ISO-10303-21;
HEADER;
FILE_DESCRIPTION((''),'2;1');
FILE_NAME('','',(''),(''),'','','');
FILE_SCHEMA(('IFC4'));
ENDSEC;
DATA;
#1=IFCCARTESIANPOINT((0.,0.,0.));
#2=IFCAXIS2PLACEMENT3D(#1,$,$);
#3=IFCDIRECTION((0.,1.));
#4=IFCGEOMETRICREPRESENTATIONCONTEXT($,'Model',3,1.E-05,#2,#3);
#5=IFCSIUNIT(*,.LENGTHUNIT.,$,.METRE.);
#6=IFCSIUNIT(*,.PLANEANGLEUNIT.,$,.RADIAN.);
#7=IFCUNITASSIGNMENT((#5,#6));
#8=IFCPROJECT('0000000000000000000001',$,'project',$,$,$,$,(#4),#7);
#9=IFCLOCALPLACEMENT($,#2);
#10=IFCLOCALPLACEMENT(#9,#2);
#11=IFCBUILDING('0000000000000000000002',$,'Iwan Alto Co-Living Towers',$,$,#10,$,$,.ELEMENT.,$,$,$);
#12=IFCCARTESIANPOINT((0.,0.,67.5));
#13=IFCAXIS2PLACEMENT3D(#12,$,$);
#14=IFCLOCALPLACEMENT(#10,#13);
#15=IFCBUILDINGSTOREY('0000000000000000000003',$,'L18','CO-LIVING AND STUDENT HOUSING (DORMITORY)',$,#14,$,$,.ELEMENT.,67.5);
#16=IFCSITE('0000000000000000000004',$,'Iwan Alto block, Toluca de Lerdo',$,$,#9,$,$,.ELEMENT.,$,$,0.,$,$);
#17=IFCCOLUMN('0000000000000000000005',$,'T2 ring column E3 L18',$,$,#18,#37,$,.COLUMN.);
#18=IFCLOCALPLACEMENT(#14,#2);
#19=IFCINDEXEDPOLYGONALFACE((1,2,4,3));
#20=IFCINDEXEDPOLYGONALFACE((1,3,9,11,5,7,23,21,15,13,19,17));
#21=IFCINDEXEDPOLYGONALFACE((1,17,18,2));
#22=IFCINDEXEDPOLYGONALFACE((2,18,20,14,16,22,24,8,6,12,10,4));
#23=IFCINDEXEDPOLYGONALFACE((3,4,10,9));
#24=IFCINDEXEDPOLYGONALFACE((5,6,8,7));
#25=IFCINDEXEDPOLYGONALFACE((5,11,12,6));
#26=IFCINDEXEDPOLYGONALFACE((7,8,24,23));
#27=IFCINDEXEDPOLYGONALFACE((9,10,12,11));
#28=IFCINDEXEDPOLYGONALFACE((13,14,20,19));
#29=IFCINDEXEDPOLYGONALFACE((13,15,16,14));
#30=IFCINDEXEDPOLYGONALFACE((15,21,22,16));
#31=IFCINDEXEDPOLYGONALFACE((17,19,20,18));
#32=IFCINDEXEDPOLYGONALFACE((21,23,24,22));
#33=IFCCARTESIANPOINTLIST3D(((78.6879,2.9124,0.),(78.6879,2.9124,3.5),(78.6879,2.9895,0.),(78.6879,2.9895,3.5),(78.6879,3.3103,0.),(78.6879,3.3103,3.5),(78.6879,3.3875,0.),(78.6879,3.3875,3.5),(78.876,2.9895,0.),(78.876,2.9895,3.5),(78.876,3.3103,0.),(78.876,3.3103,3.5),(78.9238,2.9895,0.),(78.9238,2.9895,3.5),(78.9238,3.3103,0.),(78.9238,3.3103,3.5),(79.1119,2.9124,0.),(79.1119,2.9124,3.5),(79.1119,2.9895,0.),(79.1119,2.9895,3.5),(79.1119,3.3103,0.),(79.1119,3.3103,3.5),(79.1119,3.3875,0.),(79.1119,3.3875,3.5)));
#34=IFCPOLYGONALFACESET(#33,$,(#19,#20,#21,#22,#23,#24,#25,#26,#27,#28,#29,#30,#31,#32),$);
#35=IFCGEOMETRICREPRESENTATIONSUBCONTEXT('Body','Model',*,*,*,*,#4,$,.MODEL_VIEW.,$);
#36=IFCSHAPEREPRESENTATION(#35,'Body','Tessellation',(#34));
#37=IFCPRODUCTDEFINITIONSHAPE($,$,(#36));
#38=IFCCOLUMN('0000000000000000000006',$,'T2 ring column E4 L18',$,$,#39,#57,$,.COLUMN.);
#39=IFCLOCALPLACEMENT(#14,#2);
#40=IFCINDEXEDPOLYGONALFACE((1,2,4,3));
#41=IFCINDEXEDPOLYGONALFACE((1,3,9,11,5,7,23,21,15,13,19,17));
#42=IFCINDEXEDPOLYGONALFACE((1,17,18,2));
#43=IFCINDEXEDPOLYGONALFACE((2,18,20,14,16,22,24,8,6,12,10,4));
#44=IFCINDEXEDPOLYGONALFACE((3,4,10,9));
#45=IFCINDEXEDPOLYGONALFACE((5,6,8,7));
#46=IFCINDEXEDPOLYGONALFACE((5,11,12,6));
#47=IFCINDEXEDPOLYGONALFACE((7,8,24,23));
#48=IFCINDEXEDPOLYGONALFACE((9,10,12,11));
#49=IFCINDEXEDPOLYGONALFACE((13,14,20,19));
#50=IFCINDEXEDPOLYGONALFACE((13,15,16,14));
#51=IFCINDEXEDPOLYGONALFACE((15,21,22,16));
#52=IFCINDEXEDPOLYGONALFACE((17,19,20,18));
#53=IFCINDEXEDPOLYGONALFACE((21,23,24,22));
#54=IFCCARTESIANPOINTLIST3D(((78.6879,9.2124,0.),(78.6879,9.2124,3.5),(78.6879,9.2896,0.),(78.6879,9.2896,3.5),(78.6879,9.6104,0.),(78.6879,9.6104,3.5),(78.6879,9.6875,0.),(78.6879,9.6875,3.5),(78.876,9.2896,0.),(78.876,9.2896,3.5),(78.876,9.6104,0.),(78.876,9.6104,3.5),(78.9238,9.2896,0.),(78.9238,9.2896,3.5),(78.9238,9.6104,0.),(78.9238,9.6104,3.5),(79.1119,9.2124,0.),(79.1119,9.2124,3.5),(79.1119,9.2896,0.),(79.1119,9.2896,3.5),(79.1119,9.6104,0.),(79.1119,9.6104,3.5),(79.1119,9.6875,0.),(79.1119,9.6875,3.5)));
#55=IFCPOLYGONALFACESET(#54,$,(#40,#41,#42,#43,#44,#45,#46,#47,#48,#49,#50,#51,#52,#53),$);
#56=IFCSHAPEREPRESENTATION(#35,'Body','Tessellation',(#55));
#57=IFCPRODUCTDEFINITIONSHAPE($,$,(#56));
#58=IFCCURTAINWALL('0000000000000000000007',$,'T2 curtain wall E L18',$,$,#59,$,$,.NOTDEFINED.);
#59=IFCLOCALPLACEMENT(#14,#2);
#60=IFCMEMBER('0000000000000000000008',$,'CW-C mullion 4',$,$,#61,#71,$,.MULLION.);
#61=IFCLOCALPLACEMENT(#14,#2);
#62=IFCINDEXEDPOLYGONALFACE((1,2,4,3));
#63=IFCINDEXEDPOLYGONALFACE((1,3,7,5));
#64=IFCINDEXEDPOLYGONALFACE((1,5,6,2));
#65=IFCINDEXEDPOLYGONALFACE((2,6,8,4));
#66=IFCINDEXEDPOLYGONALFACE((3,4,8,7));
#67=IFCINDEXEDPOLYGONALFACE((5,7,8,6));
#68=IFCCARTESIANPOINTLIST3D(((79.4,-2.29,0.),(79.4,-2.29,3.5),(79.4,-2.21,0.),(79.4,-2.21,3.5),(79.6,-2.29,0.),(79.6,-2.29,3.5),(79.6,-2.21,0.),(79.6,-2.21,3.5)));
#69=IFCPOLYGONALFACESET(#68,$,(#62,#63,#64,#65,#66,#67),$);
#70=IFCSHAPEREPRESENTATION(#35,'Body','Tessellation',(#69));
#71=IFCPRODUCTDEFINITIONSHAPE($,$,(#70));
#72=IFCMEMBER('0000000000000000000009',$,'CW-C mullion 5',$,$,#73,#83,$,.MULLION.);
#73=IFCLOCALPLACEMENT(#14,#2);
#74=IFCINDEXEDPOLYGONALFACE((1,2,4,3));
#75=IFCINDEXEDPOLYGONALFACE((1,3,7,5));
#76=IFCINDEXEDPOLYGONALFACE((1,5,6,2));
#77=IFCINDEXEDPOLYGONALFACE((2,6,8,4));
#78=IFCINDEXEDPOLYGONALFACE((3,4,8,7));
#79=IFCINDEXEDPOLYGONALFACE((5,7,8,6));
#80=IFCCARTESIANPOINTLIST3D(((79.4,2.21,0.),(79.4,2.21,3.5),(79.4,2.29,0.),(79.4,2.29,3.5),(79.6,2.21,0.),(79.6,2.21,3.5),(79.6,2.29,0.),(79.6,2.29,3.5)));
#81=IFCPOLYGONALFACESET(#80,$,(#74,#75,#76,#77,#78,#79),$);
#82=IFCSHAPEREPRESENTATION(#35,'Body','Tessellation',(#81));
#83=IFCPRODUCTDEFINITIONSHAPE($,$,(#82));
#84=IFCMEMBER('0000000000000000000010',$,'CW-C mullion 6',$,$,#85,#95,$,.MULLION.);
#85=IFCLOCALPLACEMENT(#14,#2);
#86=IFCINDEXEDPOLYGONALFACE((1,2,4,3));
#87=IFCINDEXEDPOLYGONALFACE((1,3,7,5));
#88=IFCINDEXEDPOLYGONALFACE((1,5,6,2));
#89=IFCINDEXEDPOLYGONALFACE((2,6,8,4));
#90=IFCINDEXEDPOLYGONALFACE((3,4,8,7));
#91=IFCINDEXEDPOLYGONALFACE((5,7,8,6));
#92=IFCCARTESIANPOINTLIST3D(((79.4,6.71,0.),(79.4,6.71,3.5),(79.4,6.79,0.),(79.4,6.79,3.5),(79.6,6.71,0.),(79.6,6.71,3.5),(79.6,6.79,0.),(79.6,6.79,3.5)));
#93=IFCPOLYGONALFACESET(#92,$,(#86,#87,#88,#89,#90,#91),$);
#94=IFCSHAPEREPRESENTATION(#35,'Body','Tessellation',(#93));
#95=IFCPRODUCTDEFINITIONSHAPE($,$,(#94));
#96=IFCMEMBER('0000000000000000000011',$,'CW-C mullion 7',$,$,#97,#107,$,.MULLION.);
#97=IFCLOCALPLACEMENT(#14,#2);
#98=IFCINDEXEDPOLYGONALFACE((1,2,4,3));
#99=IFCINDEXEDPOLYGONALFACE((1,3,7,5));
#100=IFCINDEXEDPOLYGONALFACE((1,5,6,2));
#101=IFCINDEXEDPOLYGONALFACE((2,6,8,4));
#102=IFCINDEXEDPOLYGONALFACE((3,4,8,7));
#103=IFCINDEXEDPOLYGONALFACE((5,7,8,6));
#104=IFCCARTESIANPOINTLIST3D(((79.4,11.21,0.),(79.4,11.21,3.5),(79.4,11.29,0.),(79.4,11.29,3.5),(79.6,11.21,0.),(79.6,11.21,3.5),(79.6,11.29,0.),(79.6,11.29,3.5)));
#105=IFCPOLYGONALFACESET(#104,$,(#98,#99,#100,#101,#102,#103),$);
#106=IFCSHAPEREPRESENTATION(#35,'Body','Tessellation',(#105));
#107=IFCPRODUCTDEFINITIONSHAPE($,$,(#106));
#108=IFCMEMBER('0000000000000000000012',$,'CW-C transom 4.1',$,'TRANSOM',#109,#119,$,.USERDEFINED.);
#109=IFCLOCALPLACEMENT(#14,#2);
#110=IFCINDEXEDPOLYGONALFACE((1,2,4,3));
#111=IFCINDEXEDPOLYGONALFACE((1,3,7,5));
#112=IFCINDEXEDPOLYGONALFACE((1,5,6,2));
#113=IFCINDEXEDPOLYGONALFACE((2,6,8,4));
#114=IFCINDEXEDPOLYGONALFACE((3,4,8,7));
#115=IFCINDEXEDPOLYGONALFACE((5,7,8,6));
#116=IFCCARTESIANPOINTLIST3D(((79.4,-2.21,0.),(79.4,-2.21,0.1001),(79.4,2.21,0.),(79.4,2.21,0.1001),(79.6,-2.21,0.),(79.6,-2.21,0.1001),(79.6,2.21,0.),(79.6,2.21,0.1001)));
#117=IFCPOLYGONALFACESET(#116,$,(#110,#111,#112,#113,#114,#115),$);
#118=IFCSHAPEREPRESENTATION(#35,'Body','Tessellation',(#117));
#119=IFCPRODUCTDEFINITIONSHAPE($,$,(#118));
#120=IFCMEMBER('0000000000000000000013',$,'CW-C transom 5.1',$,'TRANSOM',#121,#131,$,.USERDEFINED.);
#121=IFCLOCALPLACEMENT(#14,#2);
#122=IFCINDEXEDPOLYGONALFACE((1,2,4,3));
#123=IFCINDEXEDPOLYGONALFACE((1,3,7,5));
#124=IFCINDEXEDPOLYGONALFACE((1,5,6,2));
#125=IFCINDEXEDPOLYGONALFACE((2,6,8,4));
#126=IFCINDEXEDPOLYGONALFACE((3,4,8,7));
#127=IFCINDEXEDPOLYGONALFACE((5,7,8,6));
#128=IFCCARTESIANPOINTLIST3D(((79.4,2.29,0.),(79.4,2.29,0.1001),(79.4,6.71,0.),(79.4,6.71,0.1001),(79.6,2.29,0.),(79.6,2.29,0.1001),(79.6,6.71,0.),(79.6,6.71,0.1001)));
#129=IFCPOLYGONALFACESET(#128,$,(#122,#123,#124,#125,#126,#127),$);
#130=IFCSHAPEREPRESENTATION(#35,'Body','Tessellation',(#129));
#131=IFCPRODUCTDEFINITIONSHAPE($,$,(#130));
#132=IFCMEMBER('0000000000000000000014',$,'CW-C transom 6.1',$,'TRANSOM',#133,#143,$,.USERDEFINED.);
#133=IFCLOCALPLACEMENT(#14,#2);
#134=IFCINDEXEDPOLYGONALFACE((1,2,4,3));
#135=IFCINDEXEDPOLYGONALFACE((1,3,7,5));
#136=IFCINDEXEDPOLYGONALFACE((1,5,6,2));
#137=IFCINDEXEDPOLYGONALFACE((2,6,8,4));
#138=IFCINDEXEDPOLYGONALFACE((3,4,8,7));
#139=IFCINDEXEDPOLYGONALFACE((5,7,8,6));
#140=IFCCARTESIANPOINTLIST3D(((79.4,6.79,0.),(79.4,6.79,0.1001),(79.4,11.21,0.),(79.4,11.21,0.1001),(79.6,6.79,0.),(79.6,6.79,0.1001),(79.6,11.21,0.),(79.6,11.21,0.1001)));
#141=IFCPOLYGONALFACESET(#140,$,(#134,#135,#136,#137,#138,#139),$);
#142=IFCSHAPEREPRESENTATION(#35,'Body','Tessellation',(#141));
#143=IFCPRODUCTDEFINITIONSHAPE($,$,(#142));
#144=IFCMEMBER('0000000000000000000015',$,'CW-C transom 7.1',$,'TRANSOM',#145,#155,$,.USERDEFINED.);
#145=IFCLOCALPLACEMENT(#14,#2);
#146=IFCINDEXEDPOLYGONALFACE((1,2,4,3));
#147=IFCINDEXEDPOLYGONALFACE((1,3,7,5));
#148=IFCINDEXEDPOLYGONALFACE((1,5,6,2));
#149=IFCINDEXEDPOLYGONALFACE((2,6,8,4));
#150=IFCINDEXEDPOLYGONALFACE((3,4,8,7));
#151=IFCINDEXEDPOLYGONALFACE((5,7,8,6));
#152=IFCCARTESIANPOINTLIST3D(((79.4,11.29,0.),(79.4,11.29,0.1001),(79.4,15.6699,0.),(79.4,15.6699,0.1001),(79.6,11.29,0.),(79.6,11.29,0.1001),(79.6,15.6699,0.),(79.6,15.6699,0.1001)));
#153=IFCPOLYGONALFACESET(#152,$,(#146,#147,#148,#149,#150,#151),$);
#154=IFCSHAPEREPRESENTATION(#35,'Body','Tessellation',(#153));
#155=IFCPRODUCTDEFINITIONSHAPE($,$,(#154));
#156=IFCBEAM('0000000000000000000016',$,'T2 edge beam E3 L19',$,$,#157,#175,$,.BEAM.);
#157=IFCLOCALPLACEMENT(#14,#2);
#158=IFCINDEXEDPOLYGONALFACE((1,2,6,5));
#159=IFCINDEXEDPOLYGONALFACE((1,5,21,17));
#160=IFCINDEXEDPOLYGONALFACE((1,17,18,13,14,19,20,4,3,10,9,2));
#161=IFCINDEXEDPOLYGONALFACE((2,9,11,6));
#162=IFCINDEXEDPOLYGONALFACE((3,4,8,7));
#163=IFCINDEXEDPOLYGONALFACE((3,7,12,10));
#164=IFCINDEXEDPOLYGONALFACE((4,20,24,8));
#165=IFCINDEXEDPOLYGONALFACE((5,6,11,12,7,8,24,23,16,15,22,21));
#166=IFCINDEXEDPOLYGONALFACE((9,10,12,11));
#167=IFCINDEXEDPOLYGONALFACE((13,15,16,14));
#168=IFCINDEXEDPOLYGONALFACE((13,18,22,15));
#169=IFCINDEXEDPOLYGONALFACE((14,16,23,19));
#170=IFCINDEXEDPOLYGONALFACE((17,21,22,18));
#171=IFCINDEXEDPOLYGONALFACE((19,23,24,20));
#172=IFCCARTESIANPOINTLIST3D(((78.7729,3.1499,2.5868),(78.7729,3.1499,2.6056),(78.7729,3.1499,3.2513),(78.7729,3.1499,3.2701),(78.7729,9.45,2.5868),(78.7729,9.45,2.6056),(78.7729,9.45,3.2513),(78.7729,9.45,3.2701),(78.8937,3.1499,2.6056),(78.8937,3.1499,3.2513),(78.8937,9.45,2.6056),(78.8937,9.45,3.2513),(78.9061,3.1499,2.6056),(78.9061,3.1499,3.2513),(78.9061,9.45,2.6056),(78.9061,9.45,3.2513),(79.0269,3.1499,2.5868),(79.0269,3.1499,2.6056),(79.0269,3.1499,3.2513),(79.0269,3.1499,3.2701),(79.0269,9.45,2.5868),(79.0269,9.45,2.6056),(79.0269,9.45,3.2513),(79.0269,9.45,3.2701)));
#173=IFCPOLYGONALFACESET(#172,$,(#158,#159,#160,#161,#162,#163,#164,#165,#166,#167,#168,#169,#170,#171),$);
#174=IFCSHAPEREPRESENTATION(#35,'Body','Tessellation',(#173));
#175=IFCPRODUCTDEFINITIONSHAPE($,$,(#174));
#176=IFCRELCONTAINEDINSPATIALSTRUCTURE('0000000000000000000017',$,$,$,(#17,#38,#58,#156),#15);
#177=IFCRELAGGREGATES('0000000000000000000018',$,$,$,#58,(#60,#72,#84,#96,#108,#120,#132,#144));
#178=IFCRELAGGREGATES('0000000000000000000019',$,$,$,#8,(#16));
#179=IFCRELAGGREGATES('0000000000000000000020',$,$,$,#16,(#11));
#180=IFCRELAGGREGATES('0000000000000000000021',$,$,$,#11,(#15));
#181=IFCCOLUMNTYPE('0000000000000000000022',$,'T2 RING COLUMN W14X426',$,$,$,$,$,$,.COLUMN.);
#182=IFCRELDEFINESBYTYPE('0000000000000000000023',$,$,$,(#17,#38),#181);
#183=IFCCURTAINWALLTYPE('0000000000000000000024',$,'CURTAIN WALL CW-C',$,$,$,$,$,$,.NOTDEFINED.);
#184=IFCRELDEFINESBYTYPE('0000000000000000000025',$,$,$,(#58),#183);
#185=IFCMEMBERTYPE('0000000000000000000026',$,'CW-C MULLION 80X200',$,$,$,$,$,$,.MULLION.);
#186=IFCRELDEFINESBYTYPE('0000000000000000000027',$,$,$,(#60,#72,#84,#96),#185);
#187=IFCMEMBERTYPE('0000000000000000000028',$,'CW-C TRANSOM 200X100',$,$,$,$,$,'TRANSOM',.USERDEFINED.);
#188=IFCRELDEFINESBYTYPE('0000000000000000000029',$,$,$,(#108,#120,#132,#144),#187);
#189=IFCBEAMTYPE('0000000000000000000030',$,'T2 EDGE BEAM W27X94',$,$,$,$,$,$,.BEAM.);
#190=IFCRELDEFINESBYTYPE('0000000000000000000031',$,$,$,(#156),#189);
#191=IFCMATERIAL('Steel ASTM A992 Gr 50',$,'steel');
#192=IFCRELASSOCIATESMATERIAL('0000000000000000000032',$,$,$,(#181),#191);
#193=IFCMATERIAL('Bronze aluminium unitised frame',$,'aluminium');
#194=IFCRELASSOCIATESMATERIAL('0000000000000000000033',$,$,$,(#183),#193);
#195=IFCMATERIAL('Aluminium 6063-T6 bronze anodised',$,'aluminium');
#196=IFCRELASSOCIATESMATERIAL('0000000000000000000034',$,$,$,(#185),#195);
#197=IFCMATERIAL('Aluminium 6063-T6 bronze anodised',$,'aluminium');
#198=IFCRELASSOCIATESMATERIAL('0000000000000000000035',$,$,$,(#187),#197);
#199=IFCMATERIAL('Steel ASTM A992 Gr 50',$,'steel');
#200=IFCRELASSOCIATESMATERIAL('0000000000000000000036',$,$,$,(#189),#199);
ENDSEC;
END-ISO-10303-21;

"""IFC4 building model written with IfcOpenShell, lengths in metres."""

from ifc_helpers import new_model, si_unit, direction, frame, origin, origin_2d, place, context, subcontext, project, spatial, rectangle, i_section, extrude, material, material_profile, profile_set, type_object, element, aggregate, save


model = new_model("IFC4")

# Units and contexts
model_context = context("Model", 3, precision=1e-05, world=origin(), true_north=direction((0.0, 1.0)))
body_context = subcontext(model_context, "Body", "Model", "MODEL_VIEW")
ifc_project = project(units=[si_unit("LENGTHUNIT", "METRE"), si_unit("PLANEANGLEUNIT", "RADIAN")], contexts=[model_context])

# Site, building, storey
site_placement = place(None, origin())
site = spatial("IfcSite", under=ifc_project, at=site_placement, Name="Iwan Alto block, Toluca de Lerdo", CompositionType="ELEMENT", RefElevation=0.0)
building_placement = place(site_placement, origin())
building = spatial("IfcBuilding", under=site, at=building_placement, Name="Iwan Alto Co-Living Towers", CompositionType="ELEMENT")
storey_placement = place(building_placement, frame((0.0, 0.0, 67.5)))
storey = spatial("IfcBuildingStorey", under=building, at=storey_placement, Name="L18", Description="CO-LIVING AND STUDENT HOUSING (DORMITORY)", CompositionType="ELEMENT", Elevation=67.5)

# Columns
ifc_material_1 = material(Name="Steel ASTM A992 Gr 50", Category="steel")
ifc_material_profile_1 = material_profile(ifc_material_1, i_section(OverallWidth=0.4241, OverallDepth=0.4751, WebThickness=0.0479, FlangeThickness=0.0771, at=origin_2d()), Name="W14X426")
ifc_profile_set_1 = profile_set([ifc_material_profile_1], Name="Steel ASTM A992 Gr 50")
column_type = type_object("IfcColumnType", Name="T2 RING COLUMN W14X426", PredefinedType="COLUMN", material=ifc_profile_set_1)
for number, where, z_axis, x_axis, name in (
    (1, (78.8999, 3.1499, 0.0), (0.0, 0.0, 1.0), (1.0, 0.0, 0.0), "T2 ring column E3 L18"),
    (2, (78.8999, 9.45, 0.0), (0.0, 0.0, 1.0), (1.0, 0.0, 0.0), "T2 ring column E4 L18"),
):
    element("IfcColumn", number, at=place(storey_placement, frame(where, z_axis=z_axis, x_axis=x_axis)), inside=storey, type_object=column_type, Name=name, PredefinedType="COLUMN", context=body_context, shape_type="SweptSolid", body=[
        extrude(i_section(OverallWidth=0.4241, OverallDepth=0.4751, WebThickness=0.0479, FlangeThickness=0.0771, at=origin_2d()), origin(), (0.0, 0.0, 1.0), 3.5),
    ])

# Curtain wall, members
ifc_material_2 = material(Name="Bronze aluminium unitised frame", Category="aluminium")
curtain_wall_type = type_object("IfcCurtainWallType", Name="CURTAIN WALL CW-C", PredefinedType="NOTDEFINED", material=ifc_material_2)
curtain_wall_placement = place(storey_placement, origin())
curtain_wall = element("IfcCurtainWall", 3, at=curtain_wall_placement, inside=storey, type_object=curtain_wall_type, Name="T2 curtain wall E L18", PredefinedType="NOTDEFINED")
ifc_material_3 = material(Name="Aluminium 6063-T6 bronze anodised", Category="aluminium")
ifc_material_profile_2 = material_profile(ifc_material_3, rectangle(XDim=0.2, YDim=0.0801, at=origin_2d()), Name="AL 80X200")
ifc_profile_set_2 = profile_set([ifc_material_profile_2], Name="Aluminium 6063-T6 bronze anodised")
member_type_1 = type_object("IfcMemberType", Name="CW-C MULLION 80X200", PredefinedType="MULLION", material=ifc_profile_set_2)
member_1_placement = place(storey_placement, frame((79.5, -2.25, 0.0), z_axis=(0.0, 0.0, 1.0), x_axis=(-1.0, 0.0, 0.0)))
member_1 = element("IfcMember", 4, at=member_1_placement, type_object=member_type_1, Name="CW-C mullion 4", PredefinedType="MULLION", context=body_context, shape_type="SweptSolid", body=[
    extrude(rectangle(XDim=0.2, YDim=0.0801, at=origin_2d()), origin(), (0.0, 0.0, 1.0), 3.5),
])
member_2_placement = place(storey_placement, frame((79.5, 2.25, 0.0), z_axis=(0.0, 0.0, 1.0), x_axis=(-1.0, 0.0, 0.0)))
member_2 = element("IfcMember", 5, at=member_2_placement, type_object=member_type_1, Name="CW-C mullion 5", PredefinedType="MULLION", context=body_context, shape_type="SweptSolid", body=[
    extrude(rectangle(XDim=0.2, YDim=0.0801, at=origin_2d()), origin(), (0.0, 0.0, 1.0), 3.5),
])
member_3_placement = place(storey_placement, frame((79.5, 6.75, 0.0), z_axis=(0.0, 0.0, 1.0), x_axis=(-1.0, 0.0, 0.0)))
member_3 = element("IfcMember", 6, at=member_3_placement, type_object=member_type_1, Name="CW-C mullion 6", PredefinedType="MULLION", context=body_context, shape_type="SweptSolid", body=[
    extrude(rectangle(XDim=0.2, YDim=0.0801, at=origin_2d()), origin(), (0.0, 0.0, 1.0), 3.5),
])
member_4_placement = place(storey_placement, frame((79.5, 11.25, 0.0), z_axis=(0.0, 0.0, 1.0), x_axis=(-1.0, 0.0, 0.0)))
member_4 = element("IfcMember", 7, at=member_4_placement, type_object=member_type_1, Name="CW-C mullion 7", PredefinedType="MULLION", context=body_context, shape_type="SweptSolid", body=[
    extrude(rectangle(XDim=0.2, YDim=0.0801, at=origin_2d()), origin(), (0.0, 0.0, 1.0), 3.5),
])
ifc_material_4 = material(Name="Aluminium 6063-T6 bronze anodised", Category="aluminium")
ifc_material_profile_3 = material_profile(ifc_material_4, rectangle(XDim=0.2, YDim=0.1001, at=origin_2d()), Name="AL 200X100")
ifc_profile_set_3 = profile_set([ifc_material_profile_3], Name="Aluminium 6063-T6 bronze anodised")
member_type_2 = type_object("IfcMemberType", Name="CW-C TRANSOM 200X100", ElementType="TRANSOM", PredefinedType="USERDEFINED", material=ifc_profile_set_3)
member_5_placement = place(storey_placement, frame((79.5, -2.21, 0.05), z_axis=(0.0, 1.0, 0.0), x_axis=(-1.0, 0.0, 0.0)))
member_5 = element("IfcMember", 8, at=member_5_placement, type_object=member_type_2, Name="CW-C transom 4.1", ObjectType="TRANSOM", PredefinedType="USERDEFINED", context=body_context, shape_type="SweptSolid", body=[
    extrude(rectangle(XDim=0.2, YDim=0.1001, at=origin_2d()), origin(), (0.0, 0.0, 1.0), 4.4199),
])
member_6_placement = place(storey_placement, frame((79.5, 2.29, 0.05), z_axis=(0.0, 1.0, 0.0), x_axis=(-1.0, 0.0, 0.0)))
member_6 = element("IfcMember", 9, at=member_6_placement, type_object=member_type_2, Name="CW-C transom 5.1", ObjectType="TRANSOM", PredefinedType="USERDEFINED", context=body_context, shape_type="SweptSolid", body=[
    extrude(rectangle(XDim=0.2, YDim=0.1001, at=origin_2d()), origin(), (0.0, 0.0, 1.0), 4.4199),
])
member_7_placement = place(storey_placement, frame((79.5, 6.79, 0.05), z_axis=(0.0, 1.0, 0.0), x_axis=(-1.0, 0.0, 0.0)))
member_7 = element("IfcMember", 10, at=member_7_placement, type_object=member_type_2, Name="CW-C transom 6.1", ObjectType="TRANSOM", PredefinedType="USERDEFINED", context=body_context, shape_type="SweptSolid", body=[
    extrude(rectangle(XDim=0.2, YDim=0.1001, at=origin_2d()), origin(), (0.0, 0.0, 1.0), 4.4199),
])
member_8_placement = place(storey_placement, frame((79.5, 11.29, 0.05), z_axis=(0.0, 1.0, 0.0), x_axis=(-1.0, 0.0, 0.0)))
member_8 = element("IfcMember", 11, at=member_8_placement, type_object=member_type_2, Name="CW-C transom 7.1", ObjectType="TRANSOM", PredefinedType="USERDEFINED", context=body_context, shape_type="SweptSolid", body=[
    extrude(rectangle(XDim=0.2, YDim=0.1001, at=origin_2d()), origin(), (0.0, 0.0, 1.0), 4.3799),
])

# Beam
ifc_material_5 = material(Name="Steel ASTM A992 Gr 50", Category="steel")
ifc_material_profile_4 = material_profile(ifc_material_5, i_section(OverallWidth=0.2539, OverallDepth=0.6833, WebThickness=0.0125, FlangeThickness=0.0188, at=origin_2d()), Name="W27X94")
ifc_profile_set_4 = profile_set([ifc_material_profile_4], Name="Steel ASTM A992 Gr 50")
beam_type_1 = type_object("IfcBeamType", Name="T2 EDGE BEAM W27X94", PredefinedType="BEAM", material=ifc_profile_set_4)
beam_1_placement = place(storey_placement, frame((78.8999, 3.1499, 2.9285), z_axis=(0.0, 1.0, 0.0), x_axis=(-1.0, 0.0, 0.0)))
element("IfcBeam", 12, at=beam_1_placement, inside=storey, type_object=beam_type_1, Name="T2 edge beam E3 L19", PredefinedType="BEAM", context=body_context, shape_type="SweptSolid", body=[
    extrude(i_section(OverallWidth=0.2539, OverallDepth=0.6833, WebThickness=0.0125, FlangeThickness=0.0188, at=origin_2d()), origin(), (0.0, 0.0, 1.0), 6.3),
])

aggregate(curtain_wall, [member_1, member_2, member_3, member_4, member_5, member_6, member_7, member_8])

save(model, "model.ifc")
